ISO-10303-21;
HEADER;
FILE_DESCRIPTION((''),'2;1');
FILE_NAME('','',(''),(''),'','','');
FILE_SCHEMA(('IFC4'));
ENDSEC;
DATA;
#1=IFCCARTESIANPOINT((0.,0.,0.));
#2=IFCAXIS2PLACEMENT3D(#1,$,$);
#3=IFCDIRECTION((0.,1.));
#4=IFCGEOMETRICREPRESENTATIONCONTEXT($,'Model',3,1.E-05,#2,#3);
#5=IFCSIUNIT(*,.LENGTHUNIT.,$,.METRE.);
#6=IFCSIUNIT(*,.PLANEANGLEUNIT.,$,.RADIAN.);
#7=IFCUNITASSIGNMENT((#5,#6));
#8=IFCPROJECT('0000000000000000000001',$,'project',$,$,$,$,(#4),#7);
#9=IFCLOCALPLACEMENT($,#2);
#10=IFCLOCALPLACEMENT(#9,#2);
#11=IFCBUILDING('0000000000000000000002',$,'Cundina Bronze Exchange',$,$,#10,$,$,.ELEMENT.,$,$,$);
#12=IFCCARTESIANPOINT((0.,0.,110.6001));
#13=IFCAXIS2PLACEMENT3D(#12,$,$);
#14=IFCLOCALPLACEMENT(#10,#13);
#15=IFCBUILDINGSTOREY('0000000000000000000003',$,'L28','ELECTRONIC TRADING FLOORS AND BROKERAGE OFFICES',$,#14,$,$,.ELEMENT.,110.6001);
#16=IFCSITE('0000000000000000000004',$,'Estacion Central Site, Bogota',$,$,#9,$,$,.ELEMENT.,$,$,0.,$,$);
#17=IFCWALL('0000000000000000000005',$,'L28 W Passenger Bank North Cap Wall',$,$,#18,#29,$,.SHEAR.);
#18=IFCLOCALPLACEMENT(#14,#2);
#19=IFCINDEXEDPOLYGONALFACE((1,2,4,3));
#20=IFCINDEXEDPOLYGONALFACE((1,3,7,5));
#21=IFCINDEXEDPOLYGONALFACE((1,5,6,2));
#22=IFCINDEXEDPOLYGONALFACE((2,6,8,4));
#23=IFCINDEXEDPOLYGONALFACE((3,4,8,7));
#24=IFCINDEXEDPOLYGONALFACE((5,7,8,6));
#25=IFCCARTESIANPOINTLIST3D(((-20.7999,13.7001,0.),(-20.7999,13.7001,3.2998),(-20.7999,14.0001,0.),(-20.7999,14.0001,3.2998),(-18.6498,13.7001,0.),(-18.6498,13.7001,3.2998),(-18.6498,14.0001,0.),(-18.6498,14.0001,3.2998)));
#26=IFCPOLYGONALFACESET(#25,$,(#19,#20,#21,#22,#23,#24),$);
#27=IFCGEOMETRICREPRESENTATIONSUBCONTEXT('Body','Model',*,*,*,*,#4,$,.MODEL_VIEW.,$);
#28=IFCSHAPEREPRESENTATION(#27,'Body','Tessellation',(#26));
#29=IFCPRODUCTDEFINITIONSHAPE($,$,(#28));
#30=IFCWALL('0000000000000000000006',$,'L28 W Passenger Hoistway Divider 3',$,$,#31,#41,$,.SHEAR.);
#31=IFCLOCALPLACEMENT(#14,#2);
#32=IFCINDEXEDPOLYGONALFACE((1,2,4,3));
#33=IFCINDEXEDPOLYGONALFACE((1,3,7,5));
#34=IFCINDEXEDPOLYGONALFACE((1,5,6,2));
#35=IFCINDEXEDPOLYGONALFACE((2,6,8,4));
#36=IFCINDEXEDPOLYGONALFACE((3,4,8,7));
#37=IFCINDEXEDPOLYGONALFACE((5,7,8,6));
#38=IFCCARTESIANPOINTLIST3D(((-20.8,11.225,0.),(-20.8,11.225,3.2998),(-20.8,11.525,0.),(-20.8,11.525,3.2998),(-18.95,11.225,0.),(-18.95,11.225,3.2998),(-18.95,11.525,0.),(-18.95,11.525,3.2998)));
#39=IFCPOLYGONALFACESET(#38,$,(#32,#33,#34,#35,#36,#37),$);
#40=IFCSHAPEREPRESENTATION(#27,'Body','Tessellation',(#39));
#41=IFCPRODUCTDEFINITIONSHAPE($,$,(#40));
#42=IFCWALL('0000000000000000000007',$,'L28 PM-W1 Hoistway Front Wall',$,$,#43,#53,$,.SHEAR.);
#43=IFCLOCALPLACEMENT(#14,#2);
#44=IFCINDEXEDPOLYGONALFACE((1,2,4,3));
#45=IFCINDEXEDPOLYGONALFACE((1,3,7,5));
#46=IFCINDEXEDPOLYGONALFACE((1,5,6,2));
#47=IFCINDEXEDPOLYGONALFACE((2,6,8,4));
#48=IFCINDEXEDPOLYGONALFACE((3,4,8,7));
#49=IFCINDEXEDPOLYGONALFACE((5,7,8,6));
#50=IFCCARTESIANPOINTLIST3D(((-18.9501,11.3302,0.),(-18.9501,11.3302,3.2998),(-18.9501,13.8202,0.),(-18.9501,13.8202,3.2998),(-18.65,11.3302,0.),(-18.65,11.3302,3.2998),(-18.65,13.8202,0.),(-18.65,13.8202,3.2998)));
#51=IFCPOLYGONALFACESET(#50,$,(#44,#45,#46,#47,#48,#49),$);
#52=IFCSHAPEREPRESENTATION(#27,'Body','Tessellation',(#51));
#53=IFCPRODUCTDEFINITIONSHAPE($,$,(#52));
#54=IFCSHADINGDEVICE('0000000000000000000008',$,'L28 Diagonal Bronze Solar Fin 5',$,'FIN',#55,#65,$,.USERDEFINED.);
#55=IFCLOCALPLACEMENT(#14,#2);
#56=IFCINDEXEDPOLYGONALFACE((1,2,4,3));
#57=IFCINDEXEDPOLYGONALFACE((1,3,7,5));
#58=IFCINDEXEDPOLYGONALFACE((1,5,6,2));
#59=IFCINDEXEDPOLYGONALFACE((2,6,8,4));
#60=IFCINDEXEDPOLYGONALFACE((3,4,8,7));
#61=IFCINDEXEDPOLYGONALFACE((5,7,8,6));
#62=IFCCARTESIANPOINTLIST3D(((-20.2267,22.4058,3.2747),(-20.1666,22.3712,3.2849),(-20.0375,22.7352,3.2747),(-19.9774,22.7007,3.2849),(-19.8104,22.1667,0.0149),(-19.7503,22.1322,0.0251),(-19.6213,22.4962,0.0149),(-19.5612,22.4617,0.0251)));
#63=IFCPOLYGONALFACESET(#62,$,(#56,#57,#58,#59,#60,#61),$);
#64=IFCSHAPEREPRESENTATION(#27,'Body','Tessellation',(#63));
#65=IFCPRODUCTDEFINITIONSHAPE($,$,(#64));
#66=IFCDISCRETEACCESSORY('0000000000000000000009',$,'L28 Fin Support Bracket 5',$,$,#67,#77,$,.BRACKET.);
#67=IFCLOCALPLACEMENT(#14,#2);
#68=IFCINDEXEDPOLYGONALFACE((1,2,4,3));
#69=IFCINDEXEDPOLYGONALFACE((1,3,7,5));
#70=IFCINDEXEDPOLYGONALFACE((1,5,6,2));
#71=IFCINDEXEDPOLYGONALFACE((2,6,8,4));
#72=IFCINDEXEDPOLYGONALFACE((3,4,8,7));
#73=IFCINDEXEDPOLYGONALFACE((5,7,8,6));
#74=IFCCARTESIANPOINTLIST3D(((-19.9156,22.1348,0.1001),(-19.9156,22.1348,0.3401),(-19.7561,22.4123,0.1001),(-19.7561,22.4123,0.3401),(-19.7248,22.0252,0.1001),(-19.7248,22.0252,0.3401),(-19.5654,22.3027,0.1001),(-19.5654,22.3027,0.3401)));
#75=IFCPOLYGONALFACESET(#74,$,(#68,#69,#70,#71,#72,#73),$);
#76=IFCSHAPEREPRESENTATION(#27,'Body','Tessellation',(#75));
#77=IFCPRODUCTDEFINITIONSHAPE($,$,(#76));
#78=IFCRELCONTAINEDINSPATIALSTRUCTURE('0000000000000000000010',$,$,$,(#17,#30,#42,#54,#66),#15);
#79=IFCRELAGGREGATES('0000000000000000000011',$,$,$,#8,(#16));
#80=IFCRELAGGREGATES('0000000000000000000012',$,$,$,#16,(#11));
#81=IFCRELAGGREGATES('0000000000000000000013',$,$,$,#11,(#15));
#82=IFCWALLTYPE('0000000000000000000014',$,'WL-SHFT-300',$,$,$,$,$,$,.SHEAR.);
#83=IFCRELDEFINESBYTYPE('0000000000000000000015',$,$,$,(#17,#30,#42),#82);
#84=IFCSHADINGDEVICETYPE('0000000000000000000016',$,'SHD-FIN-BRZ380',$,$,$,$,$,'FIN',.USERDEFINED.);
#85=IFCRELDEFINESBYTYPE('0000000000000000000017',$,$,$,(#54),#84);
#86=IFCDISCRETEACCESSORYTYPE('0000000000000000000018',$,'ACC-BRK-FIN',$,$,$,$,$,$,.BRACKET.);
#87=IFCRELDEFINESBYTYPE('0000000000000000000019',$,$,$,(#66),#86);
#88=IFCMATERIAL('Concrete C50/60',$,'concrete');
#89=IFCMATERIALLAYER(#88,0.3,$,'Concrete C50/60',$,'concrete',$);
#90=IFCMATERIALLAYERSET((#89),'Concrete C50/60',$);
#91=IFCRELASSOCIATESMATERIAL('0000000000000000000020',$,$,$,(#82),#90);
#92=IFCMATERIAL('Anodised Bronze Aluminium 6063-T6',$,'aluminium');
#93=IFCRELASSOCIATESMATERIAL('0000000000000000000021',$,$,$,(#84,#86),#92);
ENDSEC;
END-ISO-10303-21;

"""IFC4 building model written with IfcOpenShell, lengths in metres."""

from ifc_helpers import new_model, si_unit, direction, frame, frame_2d, origin, origin_2d, place, context, subcontext, project, spatial, rectangle, extrude, material, layer, layer_set, material_profile, profile_set, type_object, element, save


model = new_model("IFC4")

# Units and contexts
model_context = context("Model", 3, precision=1e-05, world=origin(), true_north=direction((0.0, 1.0)))
body_context = subcontext(model_context, "Body", "Model", "MODEL_VIEW")
ifc_project = project(units=[si_unit("LENGTHUNIT", "METRE"), si_unit("PLANEANGLEUNIT", "RADIAN")], contexts=[model_context])

# Site, building, storey
site_placement = place(None, origin())
site = spatial("IfcSite", under=ifc_project, at=site_placement, Name="Estacion Central Site, Bogota", CompositionType="ELEMENT", RefElevation=0.0)
building_placement = place(site_placement, origin())
building = spatial("IfcBuilding", under=site, at=building_placement, Name="Cundina Bronze Exchange", CompositionType="ELEMENT")
storey_placement = place(building_placement, frame((0.0, 0.0, 110.6001)))
storey = spatial("IfcBuildingStorey", under=building, at=storey_placement, Name="L28", Description="ELECTRONIC TRADING FLOORS AND BROKERAGE OFFICES", CompositionType="ELEMENT", Elevation=110.6001)

# Shared definitions
ifc_material_1 = material(Name="Anodised Bronze Aluminium 6063-T6", Category="aluminium")

# Shared definitions
ifc_material_2 = material(Name="Concrete C50/60", Category="concrete")
ifc_layer_1 = layer(ifc_material_2, 0.3, Name="Concrete C50/60", Category="concrete")
ifc_layer_set_1 = layer_set([ifc_layer_1], Name="Concrete C50/60")
wall_type_1 = type_object("IfcWallType", Name="WL-SHFT-300", PredefinedType="SHEAR", material=ifc_layer_set_1)

# Walls
wall_1_placement = place(storey_placement, frame((-20.8, 13.8501, 0.0), z_axis=(0.0, 0.0, 1.0), x_axis=(1.0, 0.0, 0.0)))
element("IfcWall", 1, at=wall_1_placement, inside=storey, type_object=wall_type_1, Name="L28 W Passenger Bank North Cap Wall", PredefinedType="SHEAR", context=body_context, shape_type="SweptSolid", body=[
    extrude(rectangle(XDim=2.1501, YDim=0.3, at=frame_2d((1.0752, 0.0))), origin(), (0.0, 0.0, 1.0), 3.2998),
])
wall_2_placement = place(storey_placement, frame((-20.8, 11.375, 0.0), z_axis=(0.0, 0.0, 1.0), x_axis=(1.0, 0.0, 0.0)))
element("IfcWall", 2, at=wall_2_placement, inside=storey, type_object=wall_type_1, Name="L28 W Passenger Hoistway Divider 3", PredefinedType="SHEAR", context=body_context, shape_type="SweptSolid", body=[
    extrude(rectangle(XDim=1.8501, YDim=0.3, at=frame_2d((0.925, 0.0))), origin(), (0.0, 0.0, 1.0), 3.2998),
])
wall_3_placement = place(storey_placement, frame((-18.8, 11.3301, 0.0), z_axis=(0.0, 0.0, 1.0), x_axis=(0.0, 1.0, 0.0)))
element("IfcWall", 3, at=wall_3_placement, inside=storey, type_object=wall_type_1, Name="L28 PM-W1 Hoistway Front Wall", PredefinedType="SHEAR", context=body_context, shape_type="SweptSolid", body=[
    extrude(rectangle(XDim=2.49, YDim=0.3, at=frame_2d((1.2451, 0.0))), origin(), (0.0, 0.0, 1.0), 3.2998),
])

# Shading device
ifc_material_profile_1 = material_profile(ifc_material_1, rectangle(XDim=0.0701, YDim=0.3799, at=origin_2d()), Name="FIN70X380", Category="aluminium")
ifc_profile_set_1 = profile_set([ifc_material_profile_1], Name="Anodised Bronze Aluminium 6063-T6")
shading_device_type = type_object("IfcShadingDeviceType", Name="SHD-FIN-BRZ380", ElementType="FIN", PredefinedType="USERDEFINED", material=ifc_profile_set_1)
shading_device_placement = place(storey_placement, frame((-19.6858, 22.3142, 0.02), z_axis=(-0.126334, 0.07254, 0.989332), x_axis=(0.857957, -0.492633, 0.145679)))
element("IfcShadingDevice", 4, at=shading_device_placement, inside=storey, type_object=shading_device_type, Name="L28 Diagonal Bronze Solar Fin 5", ObjectType="FIN", PredefinedType="USERDEFINED", context=body_context, shape_type="SweptSolid", body=[
    extrude(rectangle(XDim=0.0701, YDim=0.3799, at=origin_2d()), origin(), (0.0, 0.0, 1.0), 3.2949),
])

# Discrete accessory
discrete_accessory_type = type_object("IfcDiscreteAccessoryType", Name="ACC-BRK-FIN", PredefinedType="BRACKET", material=ifc_material_1)
discrete_accessory_placement = place(storey_placement, frame((-19.7405, 22.2188, 0.1001), z_axis=(0.0, 0.0, 1.0), x_axis=(-0.867105, 0.498125, 0.0)))
element("IfcDiscreteAccessory", 5, at=discrete_accessory_placement, inside=storey, type_object=discrete_accessory_type, Name="L28 Fin Support Bracket 5", PredefinedType="BRACKET", context=body_context, shape_type="SweptSolid", body=[
    extrude(rectangle(XDim=0.22, YDim=0.3201, at=origin_2d()), origin(), (0.0, 0.0, 1.0), 0.24),
])

save(model, "model.ifc")
